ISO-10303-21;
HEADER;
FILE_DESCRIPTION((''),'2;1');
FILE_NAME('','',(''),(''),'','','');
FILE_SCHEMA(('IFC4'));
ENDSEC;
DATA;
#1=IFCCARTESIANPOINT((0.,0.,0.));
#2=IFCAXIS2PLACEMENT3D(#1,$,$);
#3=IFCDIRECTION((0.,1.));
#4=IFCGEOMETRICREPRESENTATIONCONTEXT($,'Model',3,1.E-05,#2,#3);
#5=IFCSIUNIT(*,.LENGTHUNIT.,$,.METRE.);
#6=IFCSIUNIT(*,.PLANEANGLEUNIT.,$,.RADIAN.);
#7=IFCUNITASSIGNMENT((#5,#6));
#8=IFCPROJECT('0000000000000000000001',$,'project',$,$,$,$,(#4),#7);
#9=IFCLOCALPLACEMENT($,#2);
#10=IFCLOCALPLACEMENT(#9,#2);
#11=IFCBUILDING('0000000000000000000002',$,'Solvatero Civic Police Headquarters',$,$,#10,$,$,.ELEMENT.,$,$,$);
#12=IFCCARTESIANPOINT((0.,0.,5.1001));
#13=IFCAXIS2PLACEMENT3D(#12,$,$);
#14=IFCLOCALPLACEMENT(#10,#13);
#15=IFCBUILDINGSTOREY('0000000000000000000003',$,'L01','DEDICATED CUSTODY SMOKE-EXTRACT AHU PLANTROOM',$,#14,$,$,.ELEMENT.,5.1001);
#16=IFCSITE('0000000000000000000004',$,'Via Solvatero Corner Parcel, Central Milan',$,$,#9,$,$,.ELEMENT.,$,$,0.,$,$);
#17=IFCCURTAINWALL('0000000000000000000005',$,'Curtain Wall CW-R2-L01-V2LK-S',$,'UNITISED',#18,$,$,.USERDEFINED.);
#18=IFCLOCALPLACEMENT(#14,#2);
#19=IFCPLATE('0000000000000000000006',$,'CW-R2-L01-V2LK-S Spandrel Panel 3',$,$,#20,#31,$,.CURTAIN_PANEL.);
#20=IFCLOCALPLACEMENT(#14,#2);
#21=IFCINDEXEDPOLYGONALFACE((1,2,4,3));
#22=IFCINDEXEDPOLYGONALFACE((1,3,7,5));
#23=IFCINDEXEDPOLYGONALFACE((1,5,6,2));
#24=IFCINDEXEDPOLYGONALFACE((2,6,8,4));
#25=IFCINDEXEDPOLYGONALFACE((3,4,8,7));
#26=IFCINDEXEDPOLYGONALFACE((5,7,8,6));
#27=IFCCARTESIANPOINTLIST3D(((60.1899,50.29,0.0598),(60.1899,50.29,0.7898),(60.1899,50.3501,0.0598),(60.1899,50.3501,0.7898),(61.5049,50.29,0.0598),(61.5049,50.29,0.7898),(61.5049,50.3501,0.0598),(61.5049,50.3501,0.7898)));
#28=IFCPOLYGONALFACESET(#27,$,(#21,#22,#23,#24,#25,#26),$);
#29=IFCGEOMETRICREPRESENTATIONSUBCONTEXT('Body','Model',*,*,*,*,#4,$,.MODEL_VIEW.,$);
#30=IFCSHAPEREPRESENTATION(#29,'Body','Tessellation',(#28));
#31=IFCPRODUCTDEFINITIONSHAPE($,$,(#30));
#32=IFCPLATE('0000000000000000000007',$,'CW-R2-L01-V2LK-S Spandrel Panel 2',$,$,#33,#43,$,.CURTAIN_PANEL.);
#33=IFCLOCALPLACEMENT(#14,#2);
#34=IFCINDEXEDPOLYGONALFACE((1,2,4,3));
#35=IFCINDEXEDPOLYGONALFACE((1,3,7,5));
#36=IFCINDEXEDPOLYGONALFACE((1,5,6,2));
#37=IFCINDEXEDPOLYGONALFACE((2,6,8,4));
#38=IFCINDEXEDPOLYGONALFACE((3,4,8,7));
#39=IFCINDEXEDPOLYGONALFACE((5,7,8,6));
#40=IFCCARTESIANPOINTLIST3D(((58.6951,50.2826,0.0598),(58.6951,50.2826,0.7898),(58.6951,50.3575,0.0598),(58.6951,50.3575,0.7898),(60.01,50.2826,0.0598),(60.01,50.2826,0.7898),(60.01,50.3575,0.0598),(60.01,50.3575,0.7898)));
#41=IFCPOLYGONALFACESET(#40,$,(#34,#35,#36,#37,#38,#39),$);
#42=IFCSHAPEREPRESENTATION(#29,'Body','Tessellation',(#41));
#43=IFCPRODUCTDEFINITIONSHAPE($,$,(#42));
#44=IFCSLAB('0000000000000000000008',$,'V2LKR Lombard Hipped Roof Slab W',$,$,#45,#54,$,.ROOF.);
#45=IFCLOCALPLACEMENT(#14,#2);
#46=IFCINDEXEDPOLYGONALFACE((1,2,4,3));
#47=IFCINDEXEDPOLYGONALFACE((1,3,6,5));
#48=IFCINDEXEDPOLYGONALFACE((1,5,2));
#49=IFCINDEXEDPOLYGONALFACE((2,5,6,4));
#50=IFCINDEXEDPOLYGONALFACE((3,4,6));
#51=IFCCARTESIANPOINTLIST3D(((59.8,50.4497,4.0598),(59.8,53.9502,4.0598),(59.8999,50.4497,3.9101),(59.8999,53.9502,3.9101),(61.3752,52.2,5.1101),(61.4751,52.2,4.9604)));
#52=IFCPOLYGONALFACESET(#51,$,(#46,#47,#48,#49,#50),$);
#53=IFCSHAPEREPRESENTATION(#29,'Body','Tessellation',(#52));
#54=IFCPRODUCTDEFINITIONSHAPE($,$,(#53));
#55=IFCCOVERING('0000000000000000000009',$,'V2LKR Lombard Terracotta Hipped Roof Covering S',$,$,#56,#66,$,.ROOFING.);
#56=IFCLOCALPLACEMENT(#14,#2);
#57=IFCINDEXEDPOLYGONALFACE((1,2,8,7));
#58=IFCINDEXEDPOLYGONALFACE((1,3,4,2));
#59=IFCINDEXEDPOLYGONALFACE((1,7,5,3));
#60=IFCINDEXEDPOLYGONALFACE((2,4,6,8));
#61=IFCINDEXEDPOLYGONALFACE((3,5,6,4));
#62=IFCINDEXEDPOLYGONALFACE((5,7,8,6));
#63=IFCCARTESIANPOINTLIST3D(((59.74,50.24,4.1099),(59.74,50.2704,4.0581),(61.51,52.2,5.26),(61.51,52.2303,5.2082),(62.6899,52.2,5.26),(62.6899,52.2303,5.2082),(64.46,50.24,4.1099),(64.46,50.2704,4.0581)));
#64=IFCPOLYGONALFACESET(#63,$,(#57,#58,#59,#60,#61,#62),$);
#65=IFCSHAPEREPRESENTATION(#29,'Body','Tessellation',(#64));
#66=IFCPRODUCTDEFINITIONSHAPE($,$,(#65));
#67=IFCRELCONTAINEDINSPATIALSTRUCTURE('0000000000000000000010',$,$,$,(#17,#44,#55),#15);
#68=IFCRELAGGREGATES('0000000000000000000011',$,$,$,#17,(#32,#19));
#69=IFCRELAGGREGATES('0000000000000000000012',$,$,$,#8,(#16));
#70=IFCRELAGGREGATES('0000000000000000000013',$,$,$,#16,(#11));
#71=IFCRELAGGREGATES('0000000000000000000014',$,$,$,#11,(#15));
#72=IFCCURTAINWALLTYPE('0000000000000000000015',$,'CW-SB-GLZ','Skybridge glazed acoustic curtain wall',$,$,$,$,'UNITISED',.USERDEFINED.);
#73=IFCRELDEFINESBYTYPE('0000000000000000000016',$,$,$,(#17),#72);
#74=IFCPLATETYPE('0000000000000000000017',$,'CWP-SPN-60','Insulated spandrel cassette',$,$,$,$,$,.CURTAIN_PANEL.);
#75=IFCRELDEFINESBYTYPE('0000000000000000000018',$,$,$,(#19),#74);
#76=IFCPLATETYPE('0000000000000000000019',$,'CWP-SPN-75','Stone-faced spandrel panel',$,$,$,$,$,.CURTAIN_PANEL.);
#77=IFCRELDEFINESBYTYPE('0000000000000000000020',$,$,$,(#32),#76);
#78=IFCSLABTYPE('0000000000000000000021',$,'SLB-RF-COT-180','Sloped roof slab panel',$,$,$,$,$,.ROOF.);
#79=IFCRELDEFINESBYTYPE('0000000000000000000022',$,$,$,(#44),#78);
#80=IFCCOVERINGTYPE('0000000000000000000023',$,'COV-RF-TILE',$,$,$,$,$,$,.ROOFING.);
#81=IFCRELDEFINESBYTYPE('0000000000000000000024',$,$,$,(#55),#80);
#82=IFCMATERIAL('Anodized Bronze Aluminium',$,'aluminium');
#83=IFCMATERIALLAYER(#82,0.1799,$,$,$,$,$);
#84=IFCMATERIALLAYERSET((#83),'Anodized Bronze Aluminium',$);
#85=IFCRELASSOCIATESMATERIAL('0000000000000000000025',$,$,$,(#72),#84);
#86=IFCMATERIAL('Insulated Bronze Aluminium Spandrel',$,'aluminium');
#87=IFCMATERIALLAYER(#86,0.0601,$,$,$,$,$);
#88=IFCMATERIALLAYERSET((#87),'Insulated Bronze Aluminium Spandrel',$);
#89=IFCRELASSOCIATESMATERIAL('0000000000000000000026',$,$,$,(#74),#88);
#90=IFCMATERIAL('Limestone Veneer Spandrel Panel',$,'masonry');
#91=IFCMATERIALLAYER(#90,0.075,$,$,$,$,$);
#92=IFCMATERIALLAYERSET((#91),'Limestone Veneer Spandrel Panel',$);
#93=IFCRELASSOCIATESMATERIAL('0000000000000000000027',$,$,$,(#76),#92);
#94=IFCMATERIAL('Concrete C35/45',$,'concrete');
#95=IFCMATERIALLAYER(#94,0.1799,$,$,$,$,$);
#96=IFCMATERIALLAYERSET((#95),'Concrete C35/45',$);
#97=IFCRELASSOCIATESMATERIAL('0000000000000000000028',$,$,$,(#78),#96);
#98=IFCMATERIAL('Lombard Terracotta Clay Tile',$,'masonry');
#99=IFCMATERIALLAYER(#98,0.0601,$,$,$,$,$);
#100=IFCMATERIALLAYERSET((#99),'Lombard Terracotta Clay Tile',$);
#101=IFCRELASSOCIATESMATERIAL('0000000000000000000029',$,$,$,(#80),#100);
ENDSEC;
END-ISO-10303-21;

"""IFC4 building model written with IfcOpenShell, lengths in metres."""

from ifc_helpers import new_model, si_unit, direction, frame, origin, origin_2d, place, context, subcontext, project, spatial, polyline, rectangle, outline, extrude, material, layer, layer_set, type_object, element, aggregate, save


model = new_model("IFC4")

# Units and contexts
model_context = context("Model", 3, precision=1e-05, world=origin(), true_north=direction((0.0, 1.0)))
body_context = subcontext(model_context, "Body", "Model", "MODEL_VIEW")
ifc_project = project(units=[si_unit("LENGTHUNIT", "METRE"), si_unit("PLANEANGLEUNIT", "RADIAN")], contexts=[model_context])

# Site, building, storey
site_placement = place(None, origin())
site = spatial("IfcSite", under=ifc_project, at=site_placement, Name="Via Solvatero Corner Parcel, Central Milan", CompositionType="ELEMENT", RefElevation=0.0)
building_placement = place(site_placement, origin())
building = spatial("IfcBuilding", under=site, at=building_placement, Name="Solvatero Civic Police Headquarters", CompositionType="ELEMENT")
storey_placement = place(building_placement, frame((0.0, 0.0, 5.1001)))
storey = spatial("IfcBuildingStorey", under=building, at=storey_placement, Name="L01", Description="DEDICATED CUSTODY SMOKE-EXTRACT AHU PLANTROOM", CompositionType="ELEMENT", Elevation=5.1001)

# Shared definitions
ifc_material_1 = material(Name="Anodized Bronze Aluminium", Category="aluminium")

# Curtain wall
ifc_layer_1 = layer(ifc_material_1, 0.1799)
ifc_layer_set_1 = layer_set([ifc_layer_1], Name="Anodized Bronze Aluminium")
curtain_wall_type_1 = type_object("IfcCurtainWallType", Name="CW-SB-GLZ", Description="Skybridge glazed acoustic curtain wall", ElementType="UNITISED", PredefinedType="USERDEFINED", material=ifc_layer_set_1)
curtain_wall_1_placement = place(storey_placement, origin())
curtain_wall_1 = element("IfcCurtainWall", 1, at=curtain_wall_1_placement, inside=storey, type_object=curtain_wall_type_1, Name="Curtain Wall CW-R2-L01-V2LK-S", ObjectType="UNITISED", PredefinedType="USERDEFINED")

# Plates
ifc_material_2 = material(Name="Insulated Bronze Aluminium Spandrel", Category="aluminium")
ifc_layer_2 = layer(ifc_material_2, 0.0601)
ifc_layer_set_2 = layer_set([ifc_layer_2], Name="Insulated Bronze Aluminium Spandrel")
plate_type_1 = type_object("IfcPlateType", Name="CWP-SPN-60", Description="Insulated spandrel cassette", PredefinedType="CURTAIN_PANEL", material=ifc_layer_set_2)
plate_1_placement = place(storey_placement, frame((60.8474, 50.3201, 0.0598), z_axis=(0.0, 0.0, 1.0), x_axis=(1.0, 0.0, 0.0)))
plate_1 = element("IfcPlate", 2, at=plate_1_placement, type_object=plate_type_1, Name="CW-R2-L01-V2LK-S Spandrel Panel 3", PredefinedType="CURTAIN_PANEL", context=body_context, shape_type="SweptSolid", body=[
    extrude(rectangle(XDim=1.3149, YDim=0.0601, at=origin_2d()), origin(), (0.0, 0.0, 1.0), 0.73),
])
ifc_material_3 = material(Name="Limestone Veneer Spandrel Panel", Category="masonry")
ifc_layer_3 = layer(ifc_material_3, 0.075)
ifc_layer_set_3 = layer_set([ifc_layer_3], Name="Limestone Veneer Spandrel Panel")
plate_type_2 = type_object("IfcPlateType", Name="CWP-SPN-75", Description="Stone-faced spandrel panel", PredefinedType="CURTAIN_PANEL", material=ifc_layer_set_3)
plate_2_placement = place(storey_placement, frame((59.3525, 50.3201, 0.0598), z_axis=(0.0, 0.0, 1.0), x_axis=(1.0, 0.0, 0.0)))
plate_2 = element("IfcPlate", 3, at=plate_2_placement, type_object=plate_type_2, Name="CW-R2-L01-V2LK-S Spandrel Panel 2", PredefinedType="CURTAIN_PANEL", context=body_context, shape_type="SweptSolid", body=[
    extrude(rectangle(XDim=1.3149, YDim=0.075, at=origin_2d()), origin(), (0.0, 0.0, 1.0), 0.73),
])
aggregate(curtain_wall_1, [plate_2, plate_1])

# Slab
ifc_material_4 = material(Name="Concrete C35/45", Category="concrete")
ifc_layer_4 = layer(ifc_material_4, 0.1799)
ifc_layer_set_4 = layer_set([ifc_layer_4], Name="Concrete C35/45")
slab_type = type_object("IfcSlabType", Name="SLB-RF-COT-180", Description="Sloped roof slab panel", PredefinedType="ROOF", material=ifc_layer_set_4)
slab_placement = place(storey_placement, frame((59.8, 50.4497, 4.0598), z_axis=(-0.55476, 0.0, 0.832011), x_axis=(0.0, 1.0, 0.0)))
element("IfcSlab", 4, at=slab_placement, inside=storey, type_object=slab_type, Name="V2LKR Lombard Hipped Roof Slab W", PredefinedType="ROOF", context=body_context, shape_type="SweptSolid", body=[
    extrude(outline(polyline([(0.0, 0.0), (3.5005, 0.0), (1.7502, -1.8932), (0.0, 0.0)])), origin(), (0.0, 0.0, -1.0), 0.1799),
])

# Covering
ifc_material_5 = material(Name="Lombard Terracotta Clay Tile", Category="masonry")
ifc_layer_5 = layer(ifc_material_5, 0.0601)
ifc_layer_set_5 = layer_set([ifc_layer_5], Name="Lombard Terracotta Clay Tile")
covering_type = type_object("IfcCoveringType", Name="COV-RF-TILE", PredefinedType="ROOFING", material=ifc_layer_set_5)
covering_placement = place(storey_placement, frame((59.74, 50.24, 4.1099), z_axis=(0.0, -0.506114, 0.862467), x_axis=(1.0, 0.0, 0.0)))
element("IfcCovering", 5, at=covering_placement, inside=storey, type_object=covering_type, Name="V2LKR Lombard Terracotta Hipped Roof Covering S", PredefinedType="ROOFING", context=body_context, shape_type="SweptSolid", body=[
    extrude(outline(polyline([(0.0, 0.0), (4.72, 0.0), (2.95, 2.2725), (1.77, 2.2725), (0.0, 0.0)])), origin(), (0.0, 0.0, -1.0), 0.0601),
])

save(model, "model.ifc")
